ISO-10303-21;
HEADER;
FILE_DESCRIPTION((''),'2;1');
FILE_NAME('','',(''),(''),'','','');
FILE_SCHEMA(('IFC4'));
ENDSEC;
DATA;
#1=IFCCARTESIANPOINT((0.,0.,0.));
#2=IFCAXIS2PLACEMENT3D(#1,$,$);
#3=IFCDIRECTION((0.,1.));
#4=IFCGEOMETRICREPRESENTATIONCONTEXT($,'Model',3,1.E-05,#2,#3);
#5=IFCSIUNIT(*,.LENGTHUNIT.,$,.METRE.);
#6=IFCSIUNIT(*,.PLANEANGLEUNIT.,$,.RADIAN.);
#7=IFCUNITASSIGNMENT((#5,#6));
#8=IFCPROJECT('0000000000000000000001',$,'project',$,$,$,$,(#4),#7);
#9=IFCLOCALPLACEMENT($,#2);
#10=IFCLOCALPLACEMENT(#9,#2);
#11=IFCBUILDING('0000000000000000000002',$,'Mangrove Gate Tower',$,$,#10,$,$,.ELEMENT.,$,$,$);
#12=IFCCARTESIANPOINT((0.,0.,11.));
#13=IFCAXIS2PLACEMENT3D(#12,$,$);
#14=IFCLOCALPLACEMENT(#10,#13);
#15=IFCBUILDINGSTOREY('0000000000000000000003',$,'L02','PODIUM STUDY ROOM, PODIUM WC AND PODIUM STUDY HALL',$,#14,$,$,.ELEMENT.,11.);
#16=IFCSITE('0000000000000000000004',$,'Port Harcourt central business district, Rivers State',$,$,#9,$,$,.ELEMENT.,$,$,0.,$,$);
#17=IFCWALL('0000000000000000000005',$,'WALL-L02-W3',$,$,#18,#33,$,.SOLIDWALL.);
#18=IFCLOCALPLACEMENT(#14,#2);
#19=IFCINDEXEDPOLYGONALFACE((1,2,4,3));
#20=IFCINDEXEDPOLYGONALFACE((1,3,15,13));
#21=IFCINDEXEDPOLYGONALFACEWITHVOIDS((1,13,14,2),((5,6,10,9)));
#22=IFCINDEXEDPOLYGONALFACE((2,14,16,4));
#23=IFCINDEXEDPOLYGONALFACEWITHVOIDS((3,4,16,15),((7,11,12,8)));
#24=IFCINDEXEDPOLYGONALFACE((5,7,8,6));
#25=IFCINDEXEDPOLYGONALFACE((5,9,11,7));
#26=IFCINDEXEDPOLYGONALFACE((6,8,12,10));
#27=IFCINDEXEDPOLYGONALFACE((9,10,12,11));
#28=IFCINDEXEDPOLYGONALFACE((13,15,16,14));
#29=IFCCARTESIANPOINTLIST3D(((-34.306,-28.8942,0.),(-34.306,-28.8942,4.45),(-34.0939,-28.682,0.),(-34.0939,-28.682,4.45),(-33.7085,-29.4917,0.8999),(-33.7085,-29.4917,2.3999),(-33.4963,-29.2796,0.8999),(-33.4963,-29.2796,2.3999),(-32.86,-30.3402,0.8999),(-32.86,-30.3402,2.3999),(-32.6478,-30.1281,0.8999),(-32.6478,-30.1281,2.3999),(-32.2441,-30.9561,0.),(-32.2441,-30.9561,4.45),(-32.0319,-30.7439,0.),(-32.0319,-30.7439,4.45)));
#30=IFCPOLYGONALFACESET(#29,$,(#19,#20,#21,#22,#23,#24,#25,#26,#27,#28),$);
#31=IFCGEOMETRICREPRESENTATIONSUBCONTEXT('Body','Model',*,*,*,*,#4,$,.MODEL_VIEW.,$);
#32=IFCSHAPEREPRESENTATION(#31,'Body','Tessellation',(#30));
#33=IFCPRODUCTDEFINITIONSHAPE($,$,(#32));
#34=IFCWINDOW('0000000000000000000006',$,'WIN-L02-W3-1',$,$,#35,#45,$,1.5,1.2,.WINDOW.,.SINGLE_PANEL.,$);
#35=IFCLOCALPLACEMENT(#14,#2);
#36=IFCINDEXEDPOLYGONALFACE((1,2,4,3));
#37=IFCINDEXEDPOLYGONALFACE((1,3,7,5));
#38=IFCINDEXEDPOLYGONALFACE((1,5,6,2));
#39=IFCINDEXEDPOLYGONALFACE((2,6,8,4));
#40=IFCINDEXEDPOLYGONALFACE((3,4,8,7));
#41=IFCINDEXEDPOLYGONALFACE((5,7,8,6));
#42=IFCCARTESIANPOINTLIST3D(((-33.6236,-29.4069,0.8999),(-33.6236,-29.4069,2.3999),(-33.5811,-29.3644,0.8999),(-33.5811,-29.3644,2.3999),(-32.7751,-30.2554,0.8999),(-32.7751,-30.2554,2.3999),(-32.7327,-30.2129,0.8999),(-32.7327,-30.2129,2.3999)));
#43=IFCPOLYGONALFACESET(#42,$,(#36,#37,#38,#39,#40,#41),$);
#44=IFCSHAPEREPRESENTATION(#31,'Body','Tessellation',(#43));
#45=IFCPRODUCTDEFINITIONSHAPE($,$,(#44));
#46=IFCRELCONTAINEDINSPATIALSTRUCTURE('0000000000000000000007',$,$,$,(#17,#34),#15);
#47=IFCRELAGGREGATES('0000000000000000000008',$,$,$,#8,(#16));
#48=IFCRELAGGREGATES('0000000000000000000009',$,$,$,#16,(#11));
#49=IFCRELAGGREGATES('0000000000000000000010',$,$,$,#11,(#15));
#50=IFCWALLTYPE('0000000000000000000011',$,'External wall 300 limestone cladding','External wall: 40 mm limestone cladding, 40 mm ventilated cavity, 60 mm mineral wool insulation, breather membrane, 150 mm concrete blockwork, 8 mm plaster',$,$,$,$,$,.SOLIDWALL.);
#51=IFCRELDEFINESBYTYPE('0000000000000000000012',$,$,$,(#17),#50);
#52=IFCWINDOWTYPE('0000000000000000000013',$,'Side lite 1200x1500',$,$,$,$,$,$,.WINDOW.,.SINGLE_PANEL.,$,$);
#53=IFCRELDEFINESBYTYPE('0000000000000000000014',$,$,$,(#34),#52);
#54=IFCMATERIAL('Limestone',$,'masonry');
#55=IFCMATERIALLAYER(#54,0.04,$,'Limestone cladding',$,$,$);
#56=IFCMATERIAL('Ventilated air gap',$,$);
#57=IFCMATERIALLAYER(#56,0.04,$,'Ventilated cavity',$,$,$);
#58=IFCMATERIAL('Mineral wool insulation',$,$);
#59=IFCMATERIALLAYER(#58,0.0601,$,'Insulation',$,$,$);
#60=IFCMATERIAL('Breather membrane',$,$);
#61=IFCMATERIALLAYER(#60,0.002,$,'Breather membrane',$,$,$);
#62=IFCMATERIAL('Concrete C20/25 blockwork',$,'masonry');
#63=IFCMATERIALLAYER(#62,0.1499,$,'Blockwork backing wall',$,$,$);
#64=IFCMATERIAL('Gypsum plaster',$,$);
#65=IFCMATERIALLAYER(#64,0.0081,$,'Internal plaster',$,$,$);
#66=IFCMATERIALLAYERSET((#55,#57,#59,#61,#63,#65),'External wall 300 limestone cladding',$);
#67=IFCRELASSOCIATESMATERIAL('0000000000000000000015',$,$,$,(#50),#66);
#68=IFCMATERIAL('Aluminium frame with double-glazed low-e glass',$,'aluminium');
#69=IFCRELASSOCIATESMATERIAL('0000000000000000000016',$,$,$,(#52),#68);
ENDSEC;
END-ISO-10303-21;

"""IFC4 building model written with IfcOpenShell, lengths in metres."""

from ifc_helpers import new_model, si_unit, direction, frame, frame_2d, origin, place, context, subcontext, project, spatial, rectangle, extrude, material, layer, layer_set, type_object, element, fill, save


model = new_model("IFC4")

# Units and contexts
model_context = context("Model", 3, precision=1e-05, world=origin(), true_north=direction((0.0, 1.0)))
body_context = subcontext(model_context, "Body", "Model", "MODEL_VIEW")
ifc_project = project(units=[si_unit("LENGTHUNIT", "METRE"), si_unit("PLANEANGLEUNIT", "RADIAN")], contexts=[model_context])

# Site, building, storey
site_placement = place(None, origin())
site = spatial("IfcSite", under=ifc_project, at=site_placement, Name="Port Harcourt central business district, Rivers State", CompositionType="ELEMENT", RefElevation=0.0)
building_placement = place(site_placement, origin())
building = spatial("IfcBuilding", under=site, at=building_placement, Name="Mangrove Gate Tower", CompositionType="ELEMENT")
storey_placement = place(building_placement, frame((0.0, 0.0, 11.0)))
storey = spatial("IfcBuildingStorey", under=building, at=storey_placement, Name="L02", Description="PODIUM STUDY ROOM, PODIUM WC AND PODIUM STUDY HALL", CompositionType="ELEMENT", Elevation=11.0)

# Wall, opening, window
ifc_material_1 = material(Name="Limestone", Category="masonry")
ifc_layer_1 = layer(ifc_material_1, 0.04, Name="Limestone cladding")
ifc_material_2 = material(Name="Ventilated air gap")
ifc_layer_2 = layer(ifc_material_2, 0.04, Name="Ventilated cavity")
ifc_material_3 = material(Name="Mineral wool insulation")
ifc_layer_3 = layer(ifc_material_3, 0.0601, Name="Insulation")
ifc_material_4 = material(Name="Breather membrane")
ifc_layer_4 = layer(ifc_material_4, 0.002, Name="Breather membrane")
ifc_material_5 = material(Name="Concrete C20/25 blockwork", Category="masonry")
ifc_layer_5 = layer(ifc_material_5, 0.1499, Name="Blockwork backing wall")
ifc_material_6 = material(Name="Gypsum plaster")
ifc_layer_6 = layer(ifc_material_6, 0.0081, Name="Internal plaster")
ifc_layer_set = layer_set([ifc_layer_1, ifc_layer_2, ifc_layer_3, ifc_layer_4, ifc_layer_5, ifc_layer_6], Name="External wall 300 limestone cladding")
wall_type = type_object("IfcWallType", Name="External wall 300 limestone cladding", Description="External wall: 40 mm limestone cladding, 40 mm ventilated cavity, 60 mm mineral wool insulation, breather membrane, 150 mm concrete blockwork, 8 mm plaster", PredefinedType="SOLIDWALL", material=ifc_layer_set)
wall_1_placement = place(storey_placement, frame((-34.2, -28.7881, 0.0), z_axis=(0.0, 0.0, 1.0), x_axis=(0.707107, -0.707107, 0.0)))
wall_1 = element("IfcWall", 1, at=wall_1_placement, inside=storey, type_object=wall_type, Name="WALL-L02-W3", PredefinedType="SOLIDWALL", context=body_context, shape_type="SweptSolid", body=[
    extrude(rectangle(XDim=2.916, YDim=0.3, at=frame_2d((1.458, 0.0))), origin(), (0.0, 0.0, 1.0), 4.45),
])
opening_1_placement = place(wall_1_placement, frame((0.845, 0.0, 0.8999)))
opening_1 = element("IfcOpeningElement", 2, at=opening_1_placement, cuts=wall_1, PredefinedType="OPENING", context=body_context, shape_type="SweptSolid", body=[
    extrude(rectangle(XDim=1.2, YDim=1.5, at=frame_2d((0.6001, 0.75))), frame((0.0, 0.1599, 0.0), z_axis=(0.0, -1.0, 0.0), x_axis=(1.0, 0.0, 0.0)), (0.0, 0.0, 1.0), 0.3201),
])
ifc_material_7 = material(Name="Aluminium frame with double-glazed low-e glass", Category="aluminium")
window_type = type_object("IfcWindowType", Name="Side lite 1200x1500", PartitioningType="SINGLE_PANEL", PredefinedType="WINDOW", material=ifc_material_7)
window_1_placement = place(opening_1_placement, origin())
window_1 = element("IfcWindow", 3, at=window_1_placement, inside=storey, type_object=window_type, Name="WIN-L02-W3-1", OverallHeight=1.5, OverallWidth=1.2, PartitioningType="SINGLE_PANEL", PredefinedType="WINDOW", context=body_context, shape_type="SweptSolid", body=[
    extrude(rectangle(XDim=1.2, YDim=1.5, at=frame_2d((0.6001, 0.75))), frame((0.0, 0.03, 0.0), z_axis=(0.0, -1.0, 0.0), x_axis=(1.0, 0.0, 0.0)), (0.0, 0.0, 1.0), 0.0601),
])
fill(opening_1, window_1)

save(model, "model.ifc")
